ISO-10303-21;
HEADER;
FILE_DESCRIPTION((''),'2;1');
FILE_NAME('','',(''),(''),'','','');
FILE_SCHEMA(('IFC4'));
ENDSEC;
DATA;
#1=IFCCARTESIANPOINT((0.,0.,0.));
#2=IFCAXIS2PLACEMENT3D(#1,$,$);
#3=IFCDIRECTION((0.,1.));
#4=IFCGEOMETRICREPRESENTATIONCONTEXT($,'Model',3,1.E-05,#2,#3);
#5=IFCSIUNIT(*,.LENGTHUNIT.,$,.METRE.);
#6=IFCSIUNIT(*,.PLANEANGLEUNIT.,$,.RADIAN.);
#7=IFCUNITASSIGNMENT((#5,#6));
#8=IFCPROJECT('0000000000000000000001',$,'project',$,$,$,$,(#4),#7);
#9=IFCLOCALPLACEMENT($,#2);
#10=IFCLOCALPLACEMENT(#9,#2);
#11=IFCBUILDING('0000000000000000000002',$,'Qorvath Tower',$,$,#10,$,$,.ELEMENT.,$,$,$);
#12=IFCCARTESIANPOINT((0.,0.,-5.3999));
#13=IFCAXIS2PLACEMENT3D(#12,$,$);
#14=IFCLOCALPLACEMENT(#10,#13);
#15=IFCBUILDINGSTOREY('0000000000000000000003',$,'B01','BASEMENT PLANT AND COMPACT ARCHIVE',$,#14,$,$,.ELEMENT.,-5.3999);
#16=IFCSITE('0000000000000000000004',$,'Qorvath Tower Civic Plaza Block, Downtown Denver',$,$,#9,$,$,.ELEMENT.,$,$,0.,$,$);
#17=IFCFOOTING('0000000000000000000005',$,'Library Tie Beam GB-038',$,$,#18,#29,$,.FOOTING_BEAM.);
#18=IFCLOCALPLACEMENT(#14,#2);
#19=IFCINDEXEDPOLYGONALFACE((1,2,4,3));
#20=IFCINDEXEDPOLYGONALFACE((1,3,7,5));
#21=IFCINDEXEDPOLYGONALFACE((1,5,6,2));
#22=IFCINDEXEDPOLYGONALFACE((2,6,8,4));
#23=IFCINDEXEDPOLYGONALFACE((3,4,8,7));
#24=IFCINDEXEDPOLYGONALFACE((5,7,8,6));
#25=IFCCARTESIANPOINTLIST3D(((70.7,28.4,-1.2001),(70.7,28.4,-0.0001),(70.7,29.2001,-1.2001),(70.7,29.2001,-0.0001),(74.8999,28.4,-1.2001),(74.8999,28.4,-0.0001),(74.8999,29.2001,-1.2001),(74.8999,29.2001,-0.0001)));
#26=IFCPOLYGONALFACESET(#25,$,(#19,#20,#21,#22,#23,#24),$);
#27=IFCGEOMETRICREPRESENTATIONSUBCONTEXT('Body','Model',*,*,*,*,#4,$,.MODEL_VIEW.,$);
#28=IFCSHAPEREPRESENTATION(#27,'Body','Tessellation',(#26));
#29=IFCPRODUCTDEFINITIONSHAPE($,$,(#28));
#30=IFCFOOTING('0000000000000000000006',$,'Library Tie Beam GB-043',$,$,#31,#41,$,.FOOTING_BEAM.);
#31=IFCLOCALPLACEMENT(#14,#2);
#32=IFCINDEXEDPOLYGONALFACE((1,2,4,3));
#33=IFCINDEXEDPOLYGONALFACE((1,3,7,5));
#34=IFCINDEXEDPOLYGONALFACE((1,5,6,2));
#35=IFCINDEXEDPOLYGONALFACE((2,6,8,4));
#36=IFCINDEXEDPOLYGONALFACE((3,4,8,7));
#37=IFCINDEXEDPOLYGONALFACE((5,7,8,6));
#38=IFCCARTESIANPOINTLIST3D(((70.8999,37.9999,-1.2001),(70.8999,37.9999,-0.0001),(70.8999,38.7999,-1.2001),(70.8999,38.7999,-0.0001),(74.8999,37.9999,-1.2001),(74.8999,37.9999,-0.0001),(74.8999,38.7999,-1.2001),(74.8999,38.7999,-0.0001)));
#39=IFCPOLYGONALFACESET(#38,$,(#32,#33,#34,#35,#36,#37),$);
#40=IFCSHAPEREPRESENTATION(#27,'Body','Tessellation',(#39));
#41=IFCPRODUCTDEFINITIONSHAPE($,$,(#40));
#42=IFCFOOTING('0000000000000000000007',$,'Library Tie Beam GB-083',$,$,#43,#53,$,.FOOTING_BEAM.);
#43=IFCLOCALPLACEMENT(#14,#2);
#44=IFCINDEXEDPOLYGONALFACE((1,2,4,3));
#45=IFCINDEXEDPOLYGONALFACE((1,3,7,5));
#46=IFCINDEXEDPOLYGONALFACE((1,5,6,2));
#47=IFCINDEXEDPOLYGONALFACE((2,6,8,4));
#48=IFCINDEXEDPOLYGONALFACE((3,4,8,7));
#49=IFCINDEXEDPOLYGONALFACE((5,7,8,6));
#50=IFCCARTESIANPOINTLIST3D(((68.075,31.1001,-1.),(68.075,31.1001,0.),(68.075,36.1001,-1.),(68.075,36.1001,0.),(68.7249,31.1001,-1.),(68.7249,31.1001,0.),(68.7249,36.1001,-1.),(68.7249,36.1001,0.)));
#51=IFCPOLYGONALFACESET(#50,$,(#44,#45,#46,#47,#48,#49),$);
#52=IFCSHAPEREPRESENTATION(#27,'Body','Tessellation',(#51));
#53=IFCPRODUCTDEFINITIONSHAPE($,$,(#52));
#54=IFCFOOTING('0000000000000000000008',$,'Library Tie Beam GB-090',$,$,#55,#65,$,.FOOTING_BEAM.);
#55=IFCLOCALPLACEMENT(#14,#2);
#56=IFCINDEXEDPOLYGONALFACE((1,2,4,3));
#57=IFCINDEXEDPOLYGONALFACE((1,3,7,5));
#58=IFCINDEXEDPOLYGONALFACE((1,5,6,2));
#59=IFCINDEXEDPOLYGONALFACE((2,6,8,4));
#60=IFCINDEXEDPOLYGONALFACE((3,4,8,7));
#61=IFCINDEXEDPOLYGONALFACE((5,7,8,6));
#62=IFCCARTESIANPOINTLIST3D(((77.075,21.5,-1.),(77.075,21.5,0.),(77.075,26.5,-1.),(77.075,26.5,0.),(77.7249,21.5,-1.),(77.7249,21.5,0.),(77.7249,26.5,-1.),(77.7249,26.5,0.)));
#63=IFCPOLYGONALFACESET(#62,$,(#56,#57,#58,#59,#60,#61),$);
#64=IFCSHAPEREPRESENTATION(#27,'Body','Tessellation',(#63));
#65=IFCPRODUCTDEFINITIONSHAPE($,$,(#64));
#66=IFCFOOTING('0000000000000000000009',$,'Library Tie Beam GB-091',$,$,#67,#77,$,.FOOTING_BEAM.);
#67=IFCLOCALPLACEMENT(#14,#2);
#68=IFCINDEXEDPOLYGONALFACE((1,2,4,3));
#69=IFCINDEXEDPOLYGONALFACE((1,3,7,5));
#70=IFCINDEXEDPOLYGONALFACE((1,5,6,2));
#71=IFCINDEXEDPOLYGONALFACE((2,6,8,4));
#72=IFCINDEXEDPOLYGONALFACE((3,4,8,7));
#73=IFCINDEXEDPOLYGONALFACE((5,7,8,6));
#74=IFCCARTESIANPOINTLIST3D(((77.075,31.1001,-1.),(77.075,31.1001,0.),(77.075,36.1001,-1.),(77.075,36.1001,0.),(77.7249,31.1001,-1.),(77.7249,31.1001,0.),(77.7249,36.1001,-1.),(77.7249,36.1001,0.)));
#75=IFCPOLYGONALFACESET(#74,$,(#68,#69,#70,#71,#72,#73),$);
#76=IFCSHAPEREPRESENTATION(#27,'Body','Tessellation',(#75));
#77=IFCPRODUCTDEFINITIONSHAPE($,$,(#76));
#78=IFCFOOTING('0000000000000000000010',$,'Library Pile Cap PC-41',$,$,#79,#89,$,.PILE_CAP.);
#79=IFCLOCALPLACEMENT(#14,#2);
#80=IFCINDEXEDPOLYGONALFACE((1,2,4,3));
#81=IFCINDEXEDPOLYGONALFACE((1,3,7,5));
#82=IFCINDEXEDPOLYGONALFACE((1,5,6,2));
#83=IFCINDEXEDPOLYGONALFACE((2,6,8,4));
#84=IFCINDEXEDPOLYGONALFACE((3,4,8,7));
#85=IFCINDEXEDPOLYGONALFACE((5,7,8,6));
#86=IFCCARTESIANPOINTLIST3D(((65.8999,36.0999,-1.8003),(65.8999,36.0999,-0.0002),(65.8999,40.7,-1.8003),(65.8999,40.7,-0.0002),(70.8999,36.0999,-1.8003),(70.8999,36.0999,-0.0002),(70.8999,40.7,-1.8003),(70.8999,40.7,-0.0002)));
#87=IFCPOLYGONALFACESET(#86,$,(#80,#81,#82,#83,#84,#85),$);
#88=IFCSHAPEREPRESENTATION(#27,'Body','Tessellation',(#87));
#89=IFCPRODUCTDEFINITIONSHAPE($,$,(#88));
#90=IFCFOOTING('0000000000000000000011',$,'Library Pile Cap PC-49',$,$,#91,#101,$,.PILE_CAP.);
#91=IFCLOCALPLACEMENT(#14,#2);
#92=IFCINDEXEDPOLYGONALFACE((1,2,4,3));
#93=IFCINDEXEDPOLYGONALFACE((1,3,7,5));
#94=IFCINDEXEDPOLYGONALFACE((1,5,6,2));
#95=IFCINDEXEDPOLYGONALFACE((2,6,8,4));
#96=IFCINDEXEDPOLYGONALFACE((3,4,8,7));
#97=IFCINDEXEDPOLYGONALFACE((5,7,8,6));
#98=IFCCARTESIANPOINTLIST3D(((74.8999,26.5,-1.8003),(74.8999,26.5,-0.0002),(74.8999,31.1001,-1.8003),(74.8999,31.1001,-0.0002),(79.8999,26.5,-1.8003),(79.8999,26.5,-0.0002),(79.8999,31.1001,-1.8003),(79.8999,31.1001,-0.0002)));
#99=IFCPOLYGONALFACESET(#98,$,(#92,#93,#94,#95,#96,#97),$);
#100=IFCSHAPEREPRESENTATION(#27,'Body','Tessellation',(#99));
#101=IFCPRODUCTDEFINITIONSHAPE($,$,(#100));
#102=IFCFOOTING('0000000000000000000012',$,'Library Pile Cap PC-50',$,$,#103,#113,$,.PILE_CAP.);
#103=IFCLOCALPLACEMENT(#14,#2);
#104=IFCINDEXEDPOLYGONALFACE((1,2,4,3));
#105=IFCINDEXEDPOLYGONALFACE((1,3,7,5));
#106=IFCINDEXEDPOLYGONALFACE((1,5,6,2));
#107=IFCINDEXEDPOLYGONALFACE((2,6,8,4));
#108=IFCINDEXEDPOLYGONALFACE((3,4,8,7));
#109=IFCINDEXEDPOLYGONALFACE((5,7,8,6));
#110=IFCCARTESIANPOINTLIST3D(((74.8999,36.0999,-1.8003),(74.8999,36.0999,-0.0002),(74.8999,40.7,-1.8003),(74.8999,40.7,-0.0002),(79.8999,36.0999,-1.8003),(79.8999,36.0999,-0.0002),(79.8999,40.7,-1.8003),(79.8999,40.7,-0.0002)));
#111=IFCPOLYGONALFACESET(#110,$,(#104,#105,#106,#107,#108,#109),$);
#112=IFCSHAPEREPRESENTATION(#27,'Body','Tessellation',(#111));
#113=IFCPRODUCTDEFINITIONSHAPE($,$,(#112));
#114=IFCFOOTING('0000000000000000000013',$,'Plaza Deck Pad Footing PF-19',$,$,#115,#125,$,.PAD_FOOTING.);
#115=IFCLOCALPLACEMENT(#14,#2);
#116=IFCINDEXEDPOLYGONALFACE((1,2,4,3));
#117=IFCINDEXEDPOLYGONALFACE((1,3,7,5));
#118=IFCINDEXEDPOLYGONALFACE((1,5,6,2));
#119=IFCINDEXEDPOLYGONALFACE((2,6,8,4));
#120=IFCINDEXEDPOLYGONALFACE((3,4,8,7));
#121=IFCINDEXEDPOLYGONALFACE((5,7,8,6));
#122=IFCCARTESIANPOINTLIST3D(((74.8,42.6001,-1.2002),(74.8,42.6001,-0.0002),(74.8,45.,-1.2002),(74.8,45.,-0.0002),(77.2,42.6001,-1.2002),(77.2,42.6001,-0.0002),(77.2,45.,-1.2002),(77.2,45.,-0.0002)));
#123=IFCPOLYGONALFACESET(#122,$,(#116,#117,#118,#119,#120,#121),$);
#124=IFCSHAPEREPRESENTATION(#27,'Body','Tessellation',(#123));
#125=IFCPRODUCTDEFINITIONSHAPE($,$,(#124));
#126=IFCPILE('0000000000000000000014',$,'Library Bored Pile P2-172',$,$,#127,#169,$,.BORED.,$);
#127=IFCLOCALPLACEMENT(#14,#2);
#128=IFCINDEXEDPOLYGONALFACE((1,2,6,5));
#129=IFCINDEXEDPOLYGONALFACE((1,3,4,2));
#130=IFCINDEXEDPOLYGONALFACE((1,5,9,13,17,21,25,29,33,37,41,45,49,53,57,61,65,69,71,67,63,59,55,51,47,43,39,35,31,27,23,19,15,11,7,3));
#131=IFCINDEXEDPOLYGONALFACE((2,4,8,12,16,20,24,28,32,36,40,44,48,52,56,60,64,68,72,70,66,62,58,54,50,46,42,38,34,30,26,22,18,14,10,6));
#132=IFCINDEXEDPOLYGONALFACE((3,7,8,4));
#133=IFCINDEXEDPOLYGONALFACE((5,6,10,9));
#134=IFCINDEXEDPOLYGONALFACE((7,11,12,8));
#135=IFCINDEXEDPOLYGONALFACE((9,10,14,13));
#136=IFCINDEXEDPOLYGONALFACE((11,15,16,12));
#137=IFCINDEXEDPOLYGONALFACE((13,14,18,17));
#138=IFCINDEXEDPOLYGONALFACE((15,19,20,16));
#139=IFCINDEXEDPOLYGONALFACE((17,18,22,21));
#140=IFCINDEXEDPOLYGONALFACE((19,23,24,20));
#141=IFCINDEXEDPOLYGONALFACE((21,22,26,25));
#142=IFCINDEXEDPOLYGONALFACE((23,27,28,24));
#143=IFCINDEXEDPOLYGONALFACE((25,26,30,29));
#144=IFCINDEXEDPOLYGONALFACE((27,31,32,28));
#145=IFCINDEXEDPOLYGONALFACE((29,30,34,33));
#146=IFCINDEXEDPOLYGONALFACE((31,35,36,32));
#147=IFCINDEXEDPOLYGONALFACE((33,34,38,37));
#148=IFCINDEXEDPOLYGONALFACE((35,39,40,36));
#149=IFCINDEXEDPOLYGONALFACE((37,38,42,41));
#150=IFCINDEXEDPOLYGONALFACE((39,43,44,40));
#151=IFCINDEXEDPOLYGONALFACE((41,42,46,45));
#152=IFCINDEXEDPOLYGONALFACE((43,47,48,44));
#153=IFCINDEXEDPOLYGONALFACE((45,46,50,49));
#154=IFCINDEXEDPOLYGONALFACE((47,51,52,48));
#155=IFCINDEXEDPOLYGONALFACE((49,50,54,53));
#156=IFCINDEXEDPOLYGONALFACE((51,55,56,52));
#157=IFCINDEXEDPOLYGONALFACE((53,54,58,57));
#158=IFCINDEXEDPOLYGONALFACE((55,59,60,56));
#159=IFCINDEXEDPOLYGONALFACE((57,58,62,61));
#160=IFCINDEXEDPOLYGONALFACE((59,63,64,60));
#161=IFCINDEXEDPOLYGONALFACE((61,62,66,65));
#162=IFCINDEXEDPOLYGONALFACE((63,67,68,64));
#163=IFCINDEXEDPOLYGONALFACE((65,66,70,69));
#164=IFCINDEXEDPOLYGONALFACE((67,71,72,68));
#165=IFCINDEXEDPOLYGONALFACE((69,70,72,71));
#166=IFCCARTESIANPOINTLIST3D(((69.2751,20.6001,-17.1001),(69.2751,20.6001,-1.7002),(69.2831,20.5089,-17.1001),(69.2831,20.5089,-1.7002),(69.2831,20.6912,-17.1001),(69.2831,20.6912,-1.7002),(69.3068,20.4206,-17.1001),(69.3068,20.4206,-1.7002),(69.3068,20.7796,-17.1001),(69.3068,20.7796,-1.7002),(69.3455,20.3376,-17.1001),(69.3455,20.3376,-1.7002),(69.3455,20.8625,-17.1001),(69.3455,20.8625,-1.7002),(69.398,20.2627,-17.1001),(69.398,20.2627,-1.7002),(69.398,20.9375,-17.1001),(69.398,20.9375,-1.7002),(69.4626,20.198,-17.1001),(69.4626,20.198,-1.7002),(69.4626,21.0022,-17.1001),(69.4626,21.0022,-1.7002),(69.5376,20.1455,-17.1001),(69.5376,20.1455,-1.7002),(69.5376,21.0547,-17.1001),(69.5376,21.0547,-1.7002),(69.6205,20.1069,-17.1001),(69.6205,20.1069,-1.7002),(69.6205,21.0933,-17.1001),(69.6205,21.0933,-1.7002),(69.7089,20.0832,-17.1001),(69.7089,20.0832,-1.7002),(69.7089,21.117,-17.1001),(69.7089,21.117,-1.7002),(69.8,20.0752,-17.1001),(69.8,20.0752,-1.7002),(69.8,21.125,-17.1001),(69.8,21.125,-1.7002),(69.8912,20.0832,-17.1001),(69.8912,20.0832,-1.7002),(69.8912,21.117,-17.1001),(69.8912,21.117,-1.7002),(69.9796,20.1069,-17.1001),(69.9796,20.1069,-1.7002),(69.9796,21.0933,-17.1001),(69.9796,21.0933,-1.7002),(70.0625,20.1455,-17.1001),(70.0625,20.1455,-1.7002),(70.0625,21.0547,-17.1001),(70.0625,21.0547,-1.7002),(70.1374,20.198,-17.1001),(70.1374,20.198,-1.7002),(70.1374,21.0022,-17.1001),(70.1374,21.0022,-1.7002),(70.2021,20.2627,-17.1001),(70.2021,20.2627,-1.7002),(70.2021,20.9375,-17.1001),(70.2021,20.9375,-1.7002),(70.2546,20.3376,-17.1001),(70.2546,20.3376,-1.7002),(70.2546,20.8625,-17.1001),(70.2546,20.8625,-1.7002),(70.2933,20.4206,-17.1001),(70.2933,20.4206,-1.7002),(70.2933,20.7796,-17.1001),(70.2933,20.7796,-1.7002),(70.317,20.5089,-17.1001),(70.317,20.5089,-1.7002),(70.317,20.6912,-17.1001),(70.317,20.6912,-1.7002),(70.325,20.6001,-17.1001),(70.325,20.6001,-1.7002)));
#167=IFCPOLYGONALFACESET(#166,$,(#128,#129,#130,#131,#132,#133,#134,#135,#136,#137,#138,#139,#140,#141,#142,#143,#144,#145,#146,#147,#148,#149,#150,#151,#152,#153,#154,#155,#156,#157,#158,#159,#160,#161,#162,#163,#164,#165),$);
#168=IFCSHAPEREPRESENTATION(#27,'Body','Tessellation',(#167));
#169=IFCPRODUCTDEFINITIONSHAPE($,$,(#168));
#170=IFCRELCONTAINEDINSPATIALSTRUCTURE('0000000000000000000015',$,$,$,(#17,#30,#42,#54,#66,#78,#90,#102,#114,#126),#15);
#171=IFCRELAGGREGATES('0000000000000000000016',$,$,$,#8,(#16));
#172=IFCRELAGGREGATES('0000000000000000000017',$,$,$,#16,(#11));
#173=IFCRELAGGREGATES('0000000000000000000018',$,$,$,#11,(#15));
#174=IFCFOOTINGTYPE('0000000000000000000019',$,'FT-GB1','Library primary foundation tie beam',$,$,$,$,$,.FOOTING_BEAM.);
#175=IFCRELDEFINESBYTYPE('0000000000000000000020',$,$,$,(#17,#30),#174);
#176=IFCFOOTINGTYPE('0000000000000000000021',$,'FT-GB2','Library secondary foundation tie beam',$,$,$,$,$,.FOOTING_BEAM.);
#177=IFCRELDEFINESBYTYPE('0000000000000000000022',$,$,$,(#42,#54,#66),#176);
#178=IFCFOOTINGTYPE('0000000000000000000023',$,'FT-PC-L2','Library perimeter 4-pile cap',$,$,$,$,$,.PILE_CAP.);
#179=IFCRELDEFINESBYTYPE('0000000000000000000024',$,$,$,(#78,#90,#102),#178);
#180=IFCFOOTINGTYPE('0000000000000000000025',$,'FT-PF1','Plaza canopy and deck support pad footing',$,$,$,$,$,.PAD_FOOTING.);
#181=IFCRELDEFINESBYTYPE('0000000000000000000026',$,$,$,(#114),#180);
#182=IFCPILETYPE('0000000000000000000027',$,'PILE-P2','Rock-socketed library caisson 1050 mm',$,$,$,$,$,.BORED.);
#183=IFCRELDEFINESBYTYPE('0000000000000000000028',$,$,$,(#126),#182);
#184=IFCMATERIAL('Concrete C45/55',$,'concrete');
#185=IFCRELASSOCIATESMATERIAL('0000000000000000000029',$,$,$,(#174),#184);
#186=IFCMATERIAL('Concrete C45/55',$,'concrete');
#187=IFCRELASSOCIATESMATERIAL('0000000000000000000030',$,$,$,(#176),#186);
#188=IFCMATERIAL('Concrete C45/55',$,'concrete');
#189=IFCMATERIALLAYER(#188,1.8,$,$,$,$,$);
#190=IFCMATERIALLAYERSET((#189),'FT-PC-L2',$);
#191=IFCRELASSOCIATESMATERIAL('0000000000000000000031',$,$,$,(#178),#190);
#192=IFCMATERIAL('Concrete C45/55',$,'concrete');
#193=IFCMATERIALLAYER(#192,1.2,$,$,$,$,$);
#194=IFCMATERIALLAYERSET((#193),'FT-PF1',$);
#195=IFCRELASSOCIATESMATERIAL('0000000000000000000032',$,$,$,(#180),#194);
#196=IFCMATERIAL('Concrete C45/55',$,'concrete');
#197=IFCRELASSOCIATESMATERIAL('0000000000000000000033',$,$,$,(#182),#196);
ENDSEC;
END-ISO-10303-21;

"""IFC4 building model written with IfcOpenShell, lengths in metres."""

from ifc_helpers import new_model, si_unit, direction, frame, origin, origin_2d, place, context, subcontext, project, spatial, rectangle, circle, extrude, material, layer, layer_set, material_profile, profile_set, type_object, element, save


model = new_model("IFC4")

# Units and contexts
model_context = context("Model", 3, precision=1e-05, world=origin(), true_north=direction((0.0, 1.0)))
body_context = subcontext(model_context, "Body", "Model", "MODEL_VIEW")
ifc_project = project(units=[si_unit("LENGTHUNIT", "METRE"), si_unit("PLANEANGLEUNIT", "RADIAN")], contexts=[model_context])

# Site, building, storey
site_placement = place(None, origin())
site = spatial("IfcSite", under=ifc_project, at=site_placement, Name="Qorvath Tower Civic Plaza Block, Downtown Denver", CompositionType="ELEMENT", RefElevation=0.0)
building_placement = place(site_placement, origin())
building = spatial("IfcBuilding", under=site, at=building_placement, Name="Qorvath Tower", CompositionType="ELEMENT")
storey_placement = place(building_placement, frame((0.0, 0.0, -5.3999)))
storey = spatial("IfcBuildingStorey", under=building, at=storey_placement, Name="B01", Description="BASEMENT PLANT AND COMPACT ARCHIVE", CompositionType="ELEMENT", Elevation=-5.3999)

# Footings
ifc_material_1 = material(Name="Concrete C45/55", Category="concrete")
ifc_material_profile_1 = material_profile(ifc_material_1, rectangle(XDim=0.8, YDim=1.2, at=origin_2d()), Name="GB 800x1200")
ifc_profile_set_1 = profile_set([ifc_material_profile_1], Name="Concrete C45/55")
footing_type_1 = type_object("IfcFootingType", Name="FT-GB1", Description="Library primary foundation tie beam", PredefinedType="FOOTING_BEAM", material=ifc_profile_set_1)
footing_1_placement = place(storey_placement, frame((70.7, 28.8, -0.6001), z_axis=(1.0, 0.0, 0.0), x_axis=(0.0, 1.0, 0.0)))
element("IfcFooting", 1, at=footing_1_placement, inside=storey, type_object=footing_type_1, Name="Library Tie Beam GB-038", PredefinedType="FOOTING_BEAM", context=body_context, shape_type="SweptSolid", body=[
    extrude(rectangle(XDim=0.8, YDim=1.2, at=origin_2d()), origin(), (0.0, 0.0, 1.0), 4.2),
])
footing_2_placement = place(storey_placement, frame((70.8999, 38.3999, -0.6001), z_axis=(1.0, 0.0, 0.0), x_axis=(0.0, 1.0, 0.0)))
element("IfcFooting", 2, at=footing_2_placement, inside=storey, type_object=footing_type_1, Name="Library Tie Beam GB-043", PredefinedType="FOOTING_BEAM", context=body_context, shape_type="SweptSolid", body=[
    extrude(rectangle(XDim=0.8, YDim=1.2, at=origin_2d()), origin(), (0.0, 0.0, 1.0), 4.0),
])
ifc_material_2 = material(Name="Concrete C45/55", Category="concrete")
ifc_material_profile_2 = material_profile(ifc_material_2, rectangle(XDim=0.6499, YDim=1.0, at=origin_2d()), Name="GB 650x1000")
ifc_profile_set_2 = profile_set([ifc_material_profile_2], Name="Concrete C45/55")
footing_type_2 = type_object("IfcFootingType", Name="FT-GB2", Description="Library secondary foundation tie beam", PredefinedType="FOOTING_BEAM", material=ifc_profile_set_2)
for number, where, z_axis, x_axis, name in (
    (3, (68.3999, 31.1001, -0.5), (0.0, 1.0, 0.0), (-1.0, 0.0, 0.0), "Library Tie Beam GB-083"),
    (4, (77.3999, 21.5, -0.5), (0.0, 1.0, 0.0), (-1.0, 0.0, 0.0), "Library Tie Beam GB-090"),
    (5, (77.3999, 31.1001, -0.5), (0.0, 1.0, 0.0), (-1.0, 0.0, 0.0), "Library Tie Beam GB-091"),
):
    element("IfcFooting", number, at=place(storey_placement, frame(where, z_axis=z_axis, x_axis=x_axis)), inside=storey, type_object=footing_type_2, Name=name, PredefinedType="FOOTING_BEAM", context=body_context, shape_type="SweptSolid", body=[
        extrude(rectangle(XDim=0.6499, YDim=1.0, at=origin_2d()), origin(), (0.0, 0.0, 1.0), 5.0),
    ])
ifc_material_3 = material(Name="Concrete C45/55", Category="concrete")
ifc_layer_1 = layer(ifc_material_3, 1.8)
ifc_layer_set_1 = layer_set([ifc_layer_1], Name="FT-PC-L2")
footing_type_3 = type_object("IfcFootingType", Name="FT-PC-L2", Description="Library perimeter 4-pile cap", PredefinedType="PILE_CAP", material=ifc_layer_set_1)
for number, where, z_axis, x_axis, name in (
    (6, (68.3999, 38.3999, -1.8003), (0.0, 0.0, 1.0), (1.0, 0.0, 0.0), "Library Pile Cap PC-41"),
    (7, (77.3999, 28.8, -1.8003), (0.0, 0.0, 1.0), (1.0, 0.0, 0.0), "Library Pile Cap PC-49"),
    (8, (77.3999, 38.3999, -1.8003), (0.0, 0.0, 1.0), (1.0, 0.0, 0.0), "Library Pile Cap PC-50"),
):
    element("IfcFooting", number, at=place(storey_placement, frame(where, z_axis=z_axis, x_axis=x_axis)), inside=storey, type_object=footing_type_3, Name=name, PredefinedType="PILE_CAP", context=body_context, shape_type="SweptSolid", body=[
        extrude(rectangle(XDim=5.0, YDim=4.6001, at=origin_2d()), origin(), (0.0, 0.0, 1.0), 1.8),
    ])
ifc_material_4 = material(Name="Concrete C45/55", Category="concrete")
ifc_layer_2 = layer(ifc_material_4, 1.2)
ifc_layer_set_2 = layer_set([ifc_layer_2], Name="FT-PF1")
footing_type_4 = type_object("IfcFootingType", Name="FT-PF1", Description="Plaza canopy and deck support pad footing", PredefinedType="PAD_FOOTING", material=ifc_layer_set_2)
footing_3_placement = place(storey_placement, frame((76.0, 43.8, -1.2002), z_axis=(0.0, 0.0, 1.0), x_axis=(1.0, 0.0, 0.0)))
element("IfcFooting", 9, at=footing_3_placement, inside=storey, type_object=footing_type_4, Name="Plaza Deck Pad Footing PF-19", PredefinedType="PAD_FOOTING", context=body_context, shape_type="SweptSolid", body=[
    extrude(rectangle(XDim=2.3999, YDim=2.3999, at=origin_2d()), origin(), (0.0, 0.0, 1.0), 1.2),
])

# Pile
ifc_material_5 = material(Name="Concrete C45/55", Category="concrete")
ifc_material_profile_3 = material_profile(ifc_material_5, circle(Radius=0.5249, at=origin_2d()), Name="BORED PILE 1050")
ifc_profile_set_3 = profile_set([ifc_material_profile_3], Name="Concrete C45/55")
pile_type = type_object("IfcPileType", Name="PILE-P2", Description="Rock-socketed library caisson 1050 mm", PredefinedType="BORED", material=ifc_profile_set_3)
for number, where, z_axis, x_axis, name in (
    (10, (69.8, 20.6001, -1.7002), (0.0, 0.0, -1.0), (1.0, 0.0, 0.0), "Library Bored Pile P2-172"),
):
    element("IfcPile", number, at=place(storey_placement, frame(where, z_axis=z_axis, x_axis=x_axis)), inside=storey, type_object=pile_type, Name=name, PredefinedType="BORED", context=body_context, shape_type="SweptSolid", body=[
        extrude(circle(Radius=0.5249, at=origin_2d()), origin(), (0.0, 0.0, 1.0), 15.3999),
    ])

save(model, "model.ifc")
